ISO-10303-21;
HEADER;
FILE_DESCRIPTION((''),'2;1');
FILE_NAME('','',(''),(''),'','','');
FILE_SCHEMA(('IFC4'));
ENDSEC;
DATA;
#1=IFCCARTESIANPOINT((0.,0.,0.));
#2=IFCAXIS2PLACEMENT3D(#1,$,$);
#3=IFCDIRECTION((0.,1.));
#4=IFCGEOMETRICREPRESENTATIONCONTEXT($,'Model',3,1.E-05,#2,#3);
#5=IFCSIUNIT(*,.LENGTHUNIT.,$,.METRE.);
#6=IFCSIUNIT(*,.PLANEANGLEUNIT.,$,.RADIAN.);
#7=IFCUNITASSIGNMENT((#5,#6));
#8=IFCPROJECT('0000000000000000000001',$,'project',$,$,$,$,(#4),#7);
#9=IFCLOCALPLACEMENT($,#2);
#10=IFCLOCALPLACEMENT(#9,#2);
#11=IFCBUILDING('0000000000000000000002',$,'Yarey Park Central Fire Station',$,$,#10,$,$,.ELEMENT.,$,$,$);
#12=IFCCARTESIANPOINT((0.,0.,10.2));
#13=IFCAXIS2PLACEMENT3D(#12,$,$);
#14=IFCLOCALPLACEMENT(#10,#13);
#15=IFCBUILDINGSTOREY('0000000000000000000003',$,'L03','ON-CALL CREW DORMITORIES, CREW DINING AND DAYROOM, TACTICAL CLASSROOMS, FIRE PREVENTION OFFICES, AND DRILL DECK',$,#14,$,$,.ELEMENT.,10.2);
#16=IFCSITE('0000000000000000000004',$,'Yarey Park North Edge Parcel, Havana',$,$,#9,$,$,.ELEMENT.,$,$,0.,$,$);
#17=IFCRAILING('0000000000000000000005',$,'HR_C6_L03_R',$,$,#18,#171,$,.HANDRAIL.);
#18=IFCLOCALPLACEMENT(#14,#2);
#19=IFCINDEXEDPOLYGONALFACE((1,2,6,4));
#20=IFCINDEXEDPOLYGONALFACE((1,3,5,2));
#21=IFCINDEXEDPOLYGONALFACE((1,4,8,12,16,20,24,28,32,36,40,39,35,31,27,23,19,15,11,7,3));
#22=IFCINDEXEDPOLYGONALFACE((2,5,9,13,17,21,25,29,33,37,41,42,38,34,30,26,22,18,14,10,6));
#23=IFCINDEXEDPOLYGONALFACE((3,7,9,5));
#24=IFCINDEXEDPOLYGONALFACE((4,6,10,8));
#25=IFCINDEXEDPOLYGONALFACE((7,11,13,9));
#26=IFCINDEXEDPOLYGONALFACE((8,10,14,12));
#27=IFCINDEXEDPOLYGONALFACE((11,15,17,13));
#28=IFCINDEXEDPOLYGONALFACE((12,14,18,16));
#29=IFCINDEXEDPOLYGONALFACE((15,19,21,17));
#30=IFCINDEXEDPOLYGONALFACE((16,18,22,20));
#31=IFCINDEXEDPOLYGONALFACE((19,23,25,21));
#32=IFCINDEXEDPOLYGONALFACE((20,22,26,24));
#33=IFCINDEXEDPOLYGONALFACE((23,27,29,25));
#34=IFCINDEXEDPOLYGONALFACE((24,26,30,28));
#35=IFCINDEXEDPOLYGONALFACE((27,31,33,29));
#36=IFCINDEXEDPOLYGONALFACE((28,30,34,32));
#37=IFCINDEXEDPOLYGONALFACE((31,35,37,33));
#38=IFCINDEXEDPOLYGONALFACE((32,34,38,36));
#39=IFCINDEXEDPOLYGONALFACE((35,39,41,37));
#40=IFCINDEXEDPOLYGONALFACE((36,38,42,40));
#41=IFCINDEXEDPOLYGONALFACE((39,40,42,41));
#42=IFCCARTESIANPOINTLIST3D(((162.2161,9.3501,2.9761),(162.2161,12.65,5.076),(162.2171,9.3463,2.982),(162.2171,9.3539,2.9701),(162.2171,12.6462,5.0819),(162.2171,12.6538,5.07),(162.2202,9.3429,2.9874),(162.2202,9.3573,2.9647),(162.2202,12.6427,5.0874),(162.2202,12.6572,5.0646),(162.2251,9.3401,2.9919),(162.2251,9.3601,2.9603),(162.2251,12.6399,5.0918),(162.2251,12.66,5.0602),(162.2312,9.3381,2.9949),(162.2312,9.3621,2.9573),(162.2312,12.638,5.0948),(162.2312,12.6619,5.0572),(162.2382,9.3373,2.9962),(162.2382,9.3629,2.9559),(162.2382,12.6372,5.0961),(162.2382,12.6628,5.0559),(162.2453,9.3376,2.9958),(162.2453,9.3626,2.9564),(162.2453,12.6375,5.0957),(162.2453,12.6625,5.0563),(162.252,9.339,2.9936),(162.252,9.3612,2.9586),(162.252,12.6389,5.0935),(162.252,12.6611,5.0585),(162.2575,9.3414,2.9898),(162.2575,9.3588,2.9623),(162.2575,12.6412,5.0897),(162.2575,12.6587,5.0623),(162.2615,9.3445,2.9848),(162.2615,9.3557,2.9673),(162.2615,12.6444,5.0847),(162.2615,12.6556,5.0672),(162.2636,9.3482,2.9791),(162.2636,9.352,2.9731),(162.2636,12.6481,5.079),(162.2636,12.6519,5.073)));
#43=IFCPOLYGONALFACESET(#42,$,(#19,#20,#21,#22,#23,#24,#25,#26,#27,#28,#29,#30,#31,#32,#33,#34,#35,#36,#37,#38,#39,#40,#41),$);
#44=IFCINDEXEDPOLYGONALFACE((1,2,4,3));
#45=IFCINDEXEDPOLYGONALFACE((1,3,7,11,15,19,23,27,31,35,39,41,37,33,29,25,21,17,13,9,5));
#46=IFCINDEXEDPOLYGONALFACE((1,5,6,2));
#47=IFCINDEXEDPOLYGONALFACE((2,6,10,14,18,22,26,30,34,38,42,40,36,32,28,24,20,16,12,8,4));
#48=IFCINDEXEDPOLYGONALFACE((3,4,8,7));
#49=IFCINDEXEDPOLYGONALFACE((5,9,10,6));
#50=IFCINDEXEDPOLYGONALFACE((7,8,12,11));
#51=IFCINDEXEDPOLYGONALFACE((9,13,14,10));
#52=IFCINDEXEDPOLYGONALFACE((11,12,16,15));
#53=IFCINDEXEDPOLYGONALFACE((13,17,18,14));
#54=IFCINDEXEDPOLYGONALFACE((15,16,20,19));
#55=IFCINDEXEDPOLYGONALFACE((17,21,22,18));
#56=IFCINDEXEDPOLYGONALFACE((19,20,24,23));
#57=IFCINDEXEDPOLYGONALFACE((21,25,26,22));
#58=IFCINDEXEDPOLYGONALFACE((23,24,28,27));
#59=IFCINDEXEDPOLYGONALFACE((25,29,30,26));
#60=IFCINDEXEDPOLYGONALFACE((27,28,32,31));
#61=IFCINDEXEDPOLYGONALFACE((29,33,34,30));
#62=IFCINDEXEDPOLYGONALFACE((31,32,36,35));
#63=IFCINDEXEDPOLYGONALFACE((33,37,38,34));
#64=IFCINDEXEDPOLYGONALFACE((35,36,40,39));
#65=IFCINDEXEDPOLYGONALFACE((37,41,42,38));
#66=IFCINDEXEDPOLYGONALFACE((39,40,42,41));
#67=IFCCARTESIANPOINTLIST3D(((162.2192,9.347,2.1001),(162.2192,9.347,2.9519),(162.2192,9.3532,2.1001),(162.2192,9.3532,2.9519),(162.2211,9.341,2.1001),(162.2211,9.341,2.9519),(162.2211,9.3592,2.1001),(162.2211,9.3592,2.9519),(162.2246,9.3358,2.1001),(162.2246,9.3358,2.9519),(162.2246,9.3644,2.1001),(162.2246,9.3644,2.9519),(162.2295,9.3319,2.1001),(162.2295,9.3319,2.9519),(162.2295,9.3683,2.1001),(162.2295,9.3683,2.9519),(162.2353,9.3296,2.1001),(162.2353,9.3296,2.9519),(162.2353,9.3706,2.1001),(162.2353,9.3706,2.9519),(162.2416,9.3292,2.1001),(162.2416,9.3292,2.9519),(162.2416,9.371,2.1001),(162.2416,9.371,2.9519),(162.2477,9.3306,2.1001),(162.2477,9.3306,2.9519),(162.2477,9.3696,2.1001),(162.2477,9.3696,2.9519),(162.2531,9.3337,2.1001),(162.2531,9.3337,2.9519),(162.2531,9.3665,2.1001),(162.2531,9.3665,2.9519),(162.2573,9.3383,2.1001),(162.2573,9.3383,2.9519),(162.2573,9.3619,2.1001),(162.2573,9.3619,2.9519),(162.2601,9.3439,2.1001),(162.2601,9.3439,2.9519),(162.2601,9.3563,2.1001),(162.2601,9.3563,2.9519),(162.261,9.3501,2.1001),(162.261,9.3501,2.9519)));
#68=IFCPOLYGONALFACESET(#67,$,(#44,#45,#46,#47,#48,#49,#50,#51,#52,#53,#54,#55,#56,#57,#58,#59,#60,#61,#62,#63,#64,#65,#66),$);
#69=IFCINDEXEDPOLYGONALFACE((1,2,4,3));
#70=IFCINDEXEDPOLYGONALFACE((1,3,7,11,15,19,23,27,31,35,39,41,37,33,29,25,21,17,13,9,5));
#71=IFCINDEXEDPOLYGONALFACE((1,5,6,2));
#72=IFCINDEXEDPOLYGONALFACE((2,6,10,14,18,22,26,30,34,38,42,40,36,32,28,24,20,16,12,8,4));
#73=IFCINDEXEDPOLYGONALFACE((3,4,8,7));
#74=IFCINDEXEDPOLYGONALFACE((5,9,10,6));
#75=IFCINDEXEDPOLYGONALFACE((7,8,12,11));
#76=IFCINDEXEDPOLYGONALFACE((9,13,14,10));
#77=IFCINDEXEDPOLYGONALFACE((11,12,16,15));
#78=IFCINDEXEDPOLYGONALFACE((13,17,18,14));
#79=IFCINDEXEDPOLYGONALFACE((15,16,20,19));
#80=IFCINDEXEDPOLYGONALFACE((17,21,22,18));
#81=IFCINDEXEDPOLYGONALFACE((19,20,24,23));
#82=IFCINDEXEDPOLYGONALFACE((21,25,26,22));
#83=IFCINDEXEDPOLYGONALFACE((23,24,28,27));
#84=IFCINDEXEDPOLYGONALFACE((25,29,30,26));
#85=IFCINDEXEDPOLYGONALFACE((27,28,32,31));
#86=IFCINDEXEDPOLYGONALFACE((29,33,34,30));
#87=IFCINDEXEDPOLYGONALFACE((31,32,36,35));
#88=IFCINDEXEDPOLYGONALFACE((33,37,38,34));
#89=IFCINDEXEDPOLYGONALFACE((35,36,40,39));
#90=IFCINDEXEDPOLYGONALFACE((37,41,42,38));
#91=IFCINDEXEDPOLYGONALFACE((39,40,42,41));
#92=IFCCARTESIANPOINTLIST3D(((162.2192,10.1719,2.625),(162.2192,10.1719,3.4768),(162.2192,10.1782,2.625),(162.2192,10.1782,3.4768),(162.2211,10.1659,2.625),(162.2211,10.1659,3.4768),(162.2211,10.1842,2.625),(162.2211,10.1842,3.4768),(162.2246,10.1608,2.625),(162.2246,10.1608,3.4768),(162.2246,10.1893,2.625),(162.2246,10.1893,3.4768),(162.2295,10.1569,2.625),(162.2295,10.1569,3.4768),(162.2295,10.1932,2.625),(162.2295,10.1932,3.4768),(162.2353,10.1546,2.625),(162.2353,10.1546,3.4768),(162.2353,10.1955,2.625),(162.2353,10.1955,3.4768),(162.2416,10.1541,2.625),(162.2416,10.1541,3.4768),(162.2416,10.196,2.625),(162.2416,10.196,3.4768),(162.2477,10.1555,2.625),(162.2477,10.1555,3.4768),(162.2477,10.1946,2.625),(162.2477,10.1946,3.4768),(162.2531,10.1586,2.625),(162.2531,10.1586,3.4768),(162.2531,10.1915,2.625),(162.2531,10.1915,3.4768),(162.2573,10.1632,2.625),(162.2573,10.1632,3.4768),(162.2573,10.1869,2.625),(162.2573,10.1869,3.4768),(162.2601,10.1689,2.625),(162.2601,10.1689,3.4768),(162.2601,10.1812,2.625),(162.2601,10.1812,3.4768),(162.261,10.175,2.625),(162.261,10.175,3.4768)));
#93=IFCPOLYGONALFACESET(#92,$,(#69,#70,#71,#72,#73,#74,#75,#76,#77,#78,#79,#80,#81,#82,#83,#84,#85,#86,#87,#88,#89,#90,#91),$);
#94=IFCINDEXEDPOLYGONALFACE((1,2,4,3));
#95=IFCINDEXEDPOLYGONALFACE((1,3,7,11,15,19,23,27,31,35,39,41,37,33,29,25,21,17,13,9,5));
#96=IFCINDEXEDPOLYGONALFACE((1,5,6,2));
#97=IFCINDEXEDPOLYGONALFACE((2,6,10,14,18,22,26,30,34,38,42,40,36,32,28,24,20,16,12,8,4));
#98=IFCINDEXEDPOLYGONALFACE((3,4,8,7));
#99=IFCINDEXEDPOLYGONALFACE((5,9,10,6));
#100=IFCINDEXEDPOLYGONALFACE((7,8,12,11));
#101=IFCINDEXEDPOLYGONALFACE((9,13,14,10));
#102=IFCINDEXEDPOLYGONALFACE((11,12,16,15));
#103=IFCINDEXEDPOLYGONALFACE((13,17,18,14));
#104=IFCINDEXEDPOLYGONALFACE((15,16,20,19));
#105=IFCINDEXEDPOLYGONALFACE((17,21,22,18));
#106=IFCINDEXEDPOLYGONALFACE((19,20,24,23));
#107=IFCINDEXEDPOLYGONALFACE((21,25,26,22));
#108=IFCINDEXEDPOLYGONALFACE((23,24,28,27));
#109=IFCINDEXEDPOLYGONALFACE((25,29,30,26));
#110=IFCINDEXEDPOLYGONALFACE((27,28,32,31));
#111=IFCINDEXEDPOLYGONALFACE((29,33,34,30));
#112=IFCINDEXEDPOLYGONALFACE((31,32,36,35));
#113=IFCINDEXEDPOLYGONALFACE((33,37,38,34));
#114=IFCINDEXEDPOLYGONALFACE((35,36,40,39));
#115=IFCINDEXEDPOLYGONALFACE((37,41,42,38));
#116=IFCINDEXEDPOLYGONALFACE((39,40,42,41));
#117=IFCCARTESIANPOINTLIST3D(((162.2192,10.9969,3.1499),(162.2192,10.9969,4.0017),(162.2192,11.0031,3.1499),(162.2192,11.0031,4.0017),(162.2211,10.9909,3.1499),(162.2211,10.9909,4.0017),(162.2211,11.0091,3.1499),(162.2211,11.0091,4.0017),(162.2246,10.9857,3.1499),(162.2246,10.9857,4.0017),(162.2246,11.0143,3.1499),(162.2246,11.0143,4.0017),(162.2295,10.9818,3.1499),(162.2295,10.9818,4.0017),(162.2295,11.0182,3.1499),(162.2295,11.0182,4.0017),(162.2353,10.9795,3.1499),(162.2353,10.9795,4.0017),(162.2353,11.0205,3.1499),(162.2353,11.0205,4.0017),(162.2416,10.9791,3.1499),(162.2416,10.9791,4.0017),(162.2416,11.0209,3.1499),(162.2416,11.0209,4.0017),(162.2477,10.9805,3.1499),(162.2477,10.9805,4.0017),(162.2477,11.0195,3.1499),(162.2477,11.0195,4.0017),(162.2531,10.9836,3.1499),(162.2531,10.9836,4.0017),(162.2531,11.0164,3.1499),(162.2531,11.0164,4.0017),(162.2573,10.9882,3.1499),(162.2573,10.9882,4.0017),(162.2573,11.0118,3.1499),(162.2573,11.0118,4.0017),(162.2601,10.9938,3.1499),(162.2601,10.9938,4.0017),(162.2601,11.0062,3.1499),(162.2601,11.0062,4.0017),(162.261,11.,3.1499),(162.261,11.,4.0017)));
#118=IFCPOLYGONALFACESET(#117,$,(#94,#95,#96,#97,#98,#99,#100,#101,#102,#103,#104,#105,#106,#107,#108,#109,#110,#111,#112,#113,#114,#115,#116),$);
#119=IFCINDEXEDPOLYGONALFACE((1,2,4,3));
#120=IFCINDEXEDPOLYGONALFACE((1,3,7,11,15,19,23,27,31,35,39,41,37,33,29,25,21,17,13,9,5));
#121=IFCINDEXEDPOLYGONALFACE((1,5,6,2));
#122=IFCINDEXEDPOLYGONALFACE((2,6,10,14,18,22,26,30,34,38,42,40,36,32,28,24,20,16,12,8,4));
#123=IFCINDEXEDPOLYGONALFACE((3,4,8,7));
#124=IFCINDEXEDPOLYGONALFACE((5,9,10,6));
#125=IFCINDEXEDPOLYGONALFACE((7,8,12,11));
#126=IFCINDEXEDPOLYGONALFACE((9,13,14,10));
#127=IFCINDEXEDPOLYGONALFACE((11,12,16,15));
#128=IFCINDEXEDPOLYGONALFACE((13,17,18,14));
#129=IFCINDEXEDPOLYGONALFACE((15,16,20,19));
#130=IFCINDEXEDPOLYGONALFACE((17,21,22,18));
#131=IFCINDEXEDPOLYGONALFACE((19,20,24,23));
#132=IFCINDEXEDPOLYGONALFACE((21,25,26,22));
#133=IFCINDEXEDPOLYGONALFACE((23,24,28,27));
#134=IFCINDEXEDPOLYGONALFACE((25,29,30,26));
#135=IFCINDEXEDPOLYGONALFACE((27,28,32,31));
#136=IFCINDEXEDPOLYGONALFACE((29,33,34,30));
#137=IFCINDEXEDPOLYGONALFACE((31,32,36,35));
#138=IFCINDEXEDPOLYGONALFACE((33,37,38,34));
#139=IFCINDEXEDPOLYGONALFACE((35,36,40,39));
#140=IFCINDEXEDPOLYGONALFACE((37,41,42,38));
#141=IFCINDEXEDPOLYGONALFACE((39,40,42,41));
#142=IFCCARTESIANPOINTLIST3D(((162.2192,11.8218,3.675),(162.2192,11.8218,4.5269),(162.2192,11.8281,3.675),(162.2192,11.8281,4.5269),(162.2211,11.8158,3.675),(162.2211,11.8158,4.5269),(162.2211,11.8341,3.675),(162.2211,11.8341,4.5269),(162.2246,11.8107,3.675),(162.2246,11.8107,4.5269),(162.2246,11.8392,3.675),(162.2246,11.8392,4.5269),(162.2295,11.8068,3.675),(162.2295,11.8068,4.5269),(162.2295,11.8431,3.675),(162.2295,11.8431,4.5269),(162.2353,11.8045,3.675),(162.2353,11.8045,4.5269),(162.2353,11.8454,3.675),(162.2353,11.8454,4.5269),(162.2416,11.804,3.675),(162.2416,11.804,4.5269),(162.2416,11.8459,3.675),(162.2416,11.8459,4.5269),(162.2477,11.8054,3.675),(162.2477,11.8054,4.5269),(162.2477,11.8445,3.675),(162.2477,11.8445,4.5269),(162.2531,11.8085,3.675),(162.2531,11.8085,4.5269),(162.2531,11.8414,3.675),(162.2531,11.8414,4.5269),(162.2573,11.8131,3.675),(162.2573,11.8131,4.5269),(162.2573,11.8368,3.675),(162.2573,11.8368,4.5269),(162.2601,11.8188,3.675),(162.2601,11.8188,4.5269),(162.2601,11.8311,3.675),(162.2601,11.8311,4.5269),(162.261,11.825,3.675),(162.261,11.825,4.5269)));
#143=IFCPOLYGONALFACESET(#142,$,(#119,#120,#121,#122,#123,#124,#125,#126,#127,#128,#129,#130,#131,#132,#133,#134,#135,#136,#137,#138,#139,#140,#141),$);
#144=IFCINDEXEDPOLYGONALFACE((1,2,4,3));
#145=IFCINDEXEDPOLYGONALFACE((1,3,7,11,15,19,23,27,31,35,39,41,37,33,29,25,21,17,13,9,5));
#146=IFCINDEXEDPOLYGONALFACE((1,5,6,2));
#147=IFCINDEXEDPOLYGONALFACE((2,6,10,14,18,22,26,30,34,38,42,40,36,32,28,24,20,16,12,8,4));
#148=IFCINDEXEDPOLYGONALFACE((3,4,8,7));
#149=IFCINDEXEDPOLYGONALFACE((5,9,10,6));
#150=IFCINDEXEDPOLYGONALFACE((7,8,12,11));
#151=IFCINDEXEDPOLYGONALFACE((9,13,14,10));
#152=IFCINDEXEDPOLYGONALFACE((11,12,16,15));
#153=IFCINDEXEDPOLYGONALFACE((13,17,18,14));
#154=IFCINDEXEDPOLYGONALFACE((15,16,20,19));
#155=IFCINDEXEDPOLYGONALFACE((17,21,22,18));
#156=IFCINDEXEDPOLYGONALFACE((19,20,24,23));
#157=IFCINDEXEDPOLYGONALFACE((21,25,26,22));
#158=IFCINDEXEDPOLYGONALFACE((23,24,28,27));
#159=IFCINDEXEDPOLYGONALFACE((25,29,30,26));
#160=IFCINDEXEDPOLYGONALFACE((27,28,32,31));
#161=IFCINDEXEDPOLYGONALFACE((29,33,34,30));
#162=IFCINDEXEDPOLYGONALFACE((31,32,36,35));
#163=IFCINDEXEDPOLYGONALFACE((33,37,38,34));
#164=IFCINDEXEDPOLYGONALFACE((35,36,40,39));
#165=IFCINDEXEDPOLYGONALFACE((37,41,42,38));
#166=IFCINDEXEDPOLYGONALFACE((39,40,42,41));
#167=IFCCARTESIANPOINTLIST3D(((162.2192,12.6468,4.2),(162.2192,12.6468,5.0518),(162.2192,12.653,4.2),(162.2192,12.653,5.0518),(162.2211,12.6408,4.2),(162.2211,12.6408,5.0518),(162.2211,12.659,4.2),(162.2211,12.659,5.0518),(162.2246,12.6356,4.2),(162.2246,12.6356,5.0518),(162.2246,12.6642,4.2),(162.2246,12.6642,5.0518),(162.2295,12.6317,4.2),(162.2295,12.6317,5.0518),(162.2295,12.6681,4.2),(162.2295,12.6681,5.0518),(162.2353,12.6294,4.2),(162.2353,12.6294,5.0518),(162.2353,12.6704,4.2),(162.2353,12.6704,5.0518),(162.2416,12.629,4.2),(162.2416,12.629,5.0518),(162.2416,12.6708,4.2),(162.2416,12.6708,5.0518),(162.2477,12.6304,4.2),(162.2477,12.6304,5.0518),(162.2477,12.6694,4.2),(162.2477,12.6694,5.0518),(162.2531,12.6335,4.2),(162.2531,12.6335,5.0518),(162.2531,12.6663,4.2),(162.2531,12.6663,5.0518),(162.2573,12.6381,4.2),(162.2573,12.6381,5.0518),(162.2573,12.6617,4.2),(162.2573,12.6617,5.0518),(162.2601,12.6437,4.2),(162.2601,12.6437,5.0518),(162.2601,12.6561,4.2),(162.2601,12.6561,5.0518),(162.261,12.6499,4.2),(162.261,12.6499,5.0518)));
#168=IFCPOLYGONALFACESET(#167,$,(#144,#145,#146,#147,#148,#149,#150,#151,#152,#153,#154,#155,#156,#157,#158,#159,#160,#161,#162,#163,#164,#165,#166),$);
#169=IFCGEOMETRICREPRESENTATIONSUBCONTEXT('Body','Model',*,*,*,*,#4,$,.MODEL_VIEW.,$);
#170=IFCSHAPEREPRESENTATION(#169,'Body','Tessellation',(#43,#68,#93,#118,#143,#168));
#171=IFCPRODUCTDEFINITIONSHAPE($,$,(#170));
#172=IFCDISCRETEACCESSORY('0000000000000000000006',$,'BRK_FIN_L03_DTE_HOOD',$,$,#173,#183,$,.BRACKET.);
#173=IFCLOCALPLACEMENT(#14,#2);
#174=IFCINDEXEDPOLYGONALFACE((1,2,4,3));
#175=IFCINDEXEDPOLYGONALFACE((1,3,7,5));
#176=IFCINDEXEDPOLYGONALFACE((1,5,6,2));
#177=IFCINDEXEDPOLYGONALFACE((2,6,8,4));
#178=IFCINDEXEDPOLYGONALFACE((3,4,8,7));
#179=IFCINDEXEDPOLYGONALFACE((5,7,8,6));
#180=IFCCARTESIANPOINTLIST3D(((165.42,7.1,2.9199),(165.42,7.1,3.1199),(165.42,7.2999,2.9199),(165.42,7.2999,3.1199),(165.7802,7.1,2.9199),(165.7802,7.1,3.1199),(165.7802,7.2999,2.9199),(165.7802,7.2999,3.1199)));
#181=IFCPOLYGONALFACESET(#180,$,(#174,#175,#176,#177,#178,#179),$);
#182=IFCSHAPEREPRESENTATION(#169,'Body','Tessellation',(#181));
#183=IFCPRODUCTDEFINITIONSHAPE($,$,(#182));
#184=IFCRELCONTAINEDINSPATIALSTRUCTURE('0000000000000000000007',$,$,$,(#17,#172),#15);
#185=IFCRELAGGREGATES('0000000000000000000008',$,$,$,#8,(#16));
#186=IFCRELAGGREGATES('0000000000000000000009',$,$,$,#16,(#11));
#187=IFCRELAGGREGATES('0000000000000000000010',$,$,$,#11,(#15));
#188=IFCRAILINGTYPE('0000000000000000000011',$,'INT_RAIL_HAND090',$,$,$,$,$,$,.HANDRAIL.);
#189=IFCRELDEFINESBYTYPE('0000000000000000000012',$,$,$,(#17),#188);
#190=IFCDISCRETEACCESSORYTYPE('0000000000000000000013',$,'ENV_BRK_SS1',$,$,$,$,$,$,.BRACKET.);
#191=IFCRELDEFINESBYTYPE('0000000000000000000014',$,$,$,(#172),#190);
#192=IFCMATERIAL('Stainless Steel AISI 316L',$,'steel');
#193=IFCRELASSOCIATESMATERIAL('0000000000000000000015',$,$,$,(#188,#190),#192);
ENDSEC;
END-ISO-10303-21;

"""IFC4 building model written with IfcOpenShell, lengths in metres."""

from ifc_helpers import new_model, si_unit, direction, frame, origin, origin_2d, place, context, subcontext, project, spatial, rectangle, circle, extrude, material, type_object, element, save


model = new_model("IFC4")

# Units and contexts
model_context = context("Model", 3, precision=1e-05, world=origin(), true_north=direction((0.0, 1.0)))
body_context = subcontext(model_context, "Body", "Model", "MODEL_VIEW")
ifc_project = project(units=[si_unit("LENGTHUNIT", "METRE"), si_unit("PLANEANGLEUNIT", "RADIAN")], contexts=[model_context])

# Site, building, storey
site_placement = place(None, origin())
site = spatial("IfcSite", under=ifc_project, at=site_placement, Name="Yarey Park North Edge Parcel, Havana", CompositionType="ELEMENT", RefElevation=0.0)
building_placement = place(site_placement, origin())
building = spatial("IfcBuilding", under=site, at=building_placement, Name="Yarey Park Central Fire Station", CompositionType="ELEMENT")
storey_placement = place(building_placement, frame((0.0, 0.0, 10.2)))
storey = spatial("IfcBuildingStorey", under=building, at=storey_placement, Name="L03", Description="ON-CALL CREW DORMITORIES, CREW DINING AND DAYROOM, TACTICAL CLASSROOMS, FIRE PREVENTION OFFICES, AND DRILL DECK", CompositionType="ELEMENT", Elevation=10.2)

# Railing
ifc_material_1 = material(Name="Stainless Steel AISI 316L", Category="steel")
railing_type = type_object("IfcRailingType", Name="INT_RAIL_HAND090", PredefinedType="HANDRAIL", material=ifc_material_1)
railing_placement = place(storey_placement, frame((162.24, 9.3501, 2.1001)))
element("IfcRailing", 1, at=railing_placement, inside=storey, type_object=railing_type, Name="HR_C6_L03_R", PredefinedType="HANDRAIL", context=body_context, shape_type="SweptSolid", body=[
    extrude(circle(Radius=0.0239, at=origin_2d()), frame((0.0, 0.0, 0.876), z_axis=(0.0, 0.843664, 0.536871), x_axis=(-1.0, 0.0, 0.0)), (0.0, 0.0, 1.0), 3.9114),
    extrude(circle(Radius=0.021, at=origin_2d()), origin(), (0.0, 0.0, 1.0), 0.8518),
    extrude(circle(Radius=0.021, at=origin_2d()), frame((0.0, 0.825, 0.5249)), (0.0, 0.0, 1.0), 0.8518),
    extrude(circle(Radius=0.021, at=origin_2d()), frame((0.0, 1.6499, 1.0498)), (0.0, 0.0, 1.0), 0.8518),
    extrude(circle(Radius=0.021, at=origin_2d()), frame((0.0, 2.4749, 1.575)), (0.0, 0.0, 1.0), 0.8518),
    extrude(circle(Radius=0.021, at=origin_2d()), frame((0.0, 3.2998, 2.0999)), (0.0, 0.0, 1.0), 0.8518),
])

# Discrete accessory
discrete_accessory_type = type_object("IfcDiscreteAccessoryType", Name="ENV_BRK_SS1", PredefinedType="BRACKET", material=ifc_material_1)
discrete_accessory_placement = place(storey_placement, frame((165.6001, 7.2, 2.9199), z_axis=(0.0, 0.0, 1.0), x_axis=(1.0, 0.0, 0.0)))
element("IfcDiscreteAccessory", 2, at=discrete_accessory_placement, inside=storey, type_object=discrete_accessory_type, Name="BRK_FIN_L03_DTE_HOOD", PredefinedType="BRACKET", context=body_context, shape_type="SweptSolid", body=[
    extrude(rectangle(XDim=0.3601, YDim=0.2, at=origin_2d()), origin(), (0.0, 0.0, 1.0), 0.2),
])

save(model, "model.ifc")
